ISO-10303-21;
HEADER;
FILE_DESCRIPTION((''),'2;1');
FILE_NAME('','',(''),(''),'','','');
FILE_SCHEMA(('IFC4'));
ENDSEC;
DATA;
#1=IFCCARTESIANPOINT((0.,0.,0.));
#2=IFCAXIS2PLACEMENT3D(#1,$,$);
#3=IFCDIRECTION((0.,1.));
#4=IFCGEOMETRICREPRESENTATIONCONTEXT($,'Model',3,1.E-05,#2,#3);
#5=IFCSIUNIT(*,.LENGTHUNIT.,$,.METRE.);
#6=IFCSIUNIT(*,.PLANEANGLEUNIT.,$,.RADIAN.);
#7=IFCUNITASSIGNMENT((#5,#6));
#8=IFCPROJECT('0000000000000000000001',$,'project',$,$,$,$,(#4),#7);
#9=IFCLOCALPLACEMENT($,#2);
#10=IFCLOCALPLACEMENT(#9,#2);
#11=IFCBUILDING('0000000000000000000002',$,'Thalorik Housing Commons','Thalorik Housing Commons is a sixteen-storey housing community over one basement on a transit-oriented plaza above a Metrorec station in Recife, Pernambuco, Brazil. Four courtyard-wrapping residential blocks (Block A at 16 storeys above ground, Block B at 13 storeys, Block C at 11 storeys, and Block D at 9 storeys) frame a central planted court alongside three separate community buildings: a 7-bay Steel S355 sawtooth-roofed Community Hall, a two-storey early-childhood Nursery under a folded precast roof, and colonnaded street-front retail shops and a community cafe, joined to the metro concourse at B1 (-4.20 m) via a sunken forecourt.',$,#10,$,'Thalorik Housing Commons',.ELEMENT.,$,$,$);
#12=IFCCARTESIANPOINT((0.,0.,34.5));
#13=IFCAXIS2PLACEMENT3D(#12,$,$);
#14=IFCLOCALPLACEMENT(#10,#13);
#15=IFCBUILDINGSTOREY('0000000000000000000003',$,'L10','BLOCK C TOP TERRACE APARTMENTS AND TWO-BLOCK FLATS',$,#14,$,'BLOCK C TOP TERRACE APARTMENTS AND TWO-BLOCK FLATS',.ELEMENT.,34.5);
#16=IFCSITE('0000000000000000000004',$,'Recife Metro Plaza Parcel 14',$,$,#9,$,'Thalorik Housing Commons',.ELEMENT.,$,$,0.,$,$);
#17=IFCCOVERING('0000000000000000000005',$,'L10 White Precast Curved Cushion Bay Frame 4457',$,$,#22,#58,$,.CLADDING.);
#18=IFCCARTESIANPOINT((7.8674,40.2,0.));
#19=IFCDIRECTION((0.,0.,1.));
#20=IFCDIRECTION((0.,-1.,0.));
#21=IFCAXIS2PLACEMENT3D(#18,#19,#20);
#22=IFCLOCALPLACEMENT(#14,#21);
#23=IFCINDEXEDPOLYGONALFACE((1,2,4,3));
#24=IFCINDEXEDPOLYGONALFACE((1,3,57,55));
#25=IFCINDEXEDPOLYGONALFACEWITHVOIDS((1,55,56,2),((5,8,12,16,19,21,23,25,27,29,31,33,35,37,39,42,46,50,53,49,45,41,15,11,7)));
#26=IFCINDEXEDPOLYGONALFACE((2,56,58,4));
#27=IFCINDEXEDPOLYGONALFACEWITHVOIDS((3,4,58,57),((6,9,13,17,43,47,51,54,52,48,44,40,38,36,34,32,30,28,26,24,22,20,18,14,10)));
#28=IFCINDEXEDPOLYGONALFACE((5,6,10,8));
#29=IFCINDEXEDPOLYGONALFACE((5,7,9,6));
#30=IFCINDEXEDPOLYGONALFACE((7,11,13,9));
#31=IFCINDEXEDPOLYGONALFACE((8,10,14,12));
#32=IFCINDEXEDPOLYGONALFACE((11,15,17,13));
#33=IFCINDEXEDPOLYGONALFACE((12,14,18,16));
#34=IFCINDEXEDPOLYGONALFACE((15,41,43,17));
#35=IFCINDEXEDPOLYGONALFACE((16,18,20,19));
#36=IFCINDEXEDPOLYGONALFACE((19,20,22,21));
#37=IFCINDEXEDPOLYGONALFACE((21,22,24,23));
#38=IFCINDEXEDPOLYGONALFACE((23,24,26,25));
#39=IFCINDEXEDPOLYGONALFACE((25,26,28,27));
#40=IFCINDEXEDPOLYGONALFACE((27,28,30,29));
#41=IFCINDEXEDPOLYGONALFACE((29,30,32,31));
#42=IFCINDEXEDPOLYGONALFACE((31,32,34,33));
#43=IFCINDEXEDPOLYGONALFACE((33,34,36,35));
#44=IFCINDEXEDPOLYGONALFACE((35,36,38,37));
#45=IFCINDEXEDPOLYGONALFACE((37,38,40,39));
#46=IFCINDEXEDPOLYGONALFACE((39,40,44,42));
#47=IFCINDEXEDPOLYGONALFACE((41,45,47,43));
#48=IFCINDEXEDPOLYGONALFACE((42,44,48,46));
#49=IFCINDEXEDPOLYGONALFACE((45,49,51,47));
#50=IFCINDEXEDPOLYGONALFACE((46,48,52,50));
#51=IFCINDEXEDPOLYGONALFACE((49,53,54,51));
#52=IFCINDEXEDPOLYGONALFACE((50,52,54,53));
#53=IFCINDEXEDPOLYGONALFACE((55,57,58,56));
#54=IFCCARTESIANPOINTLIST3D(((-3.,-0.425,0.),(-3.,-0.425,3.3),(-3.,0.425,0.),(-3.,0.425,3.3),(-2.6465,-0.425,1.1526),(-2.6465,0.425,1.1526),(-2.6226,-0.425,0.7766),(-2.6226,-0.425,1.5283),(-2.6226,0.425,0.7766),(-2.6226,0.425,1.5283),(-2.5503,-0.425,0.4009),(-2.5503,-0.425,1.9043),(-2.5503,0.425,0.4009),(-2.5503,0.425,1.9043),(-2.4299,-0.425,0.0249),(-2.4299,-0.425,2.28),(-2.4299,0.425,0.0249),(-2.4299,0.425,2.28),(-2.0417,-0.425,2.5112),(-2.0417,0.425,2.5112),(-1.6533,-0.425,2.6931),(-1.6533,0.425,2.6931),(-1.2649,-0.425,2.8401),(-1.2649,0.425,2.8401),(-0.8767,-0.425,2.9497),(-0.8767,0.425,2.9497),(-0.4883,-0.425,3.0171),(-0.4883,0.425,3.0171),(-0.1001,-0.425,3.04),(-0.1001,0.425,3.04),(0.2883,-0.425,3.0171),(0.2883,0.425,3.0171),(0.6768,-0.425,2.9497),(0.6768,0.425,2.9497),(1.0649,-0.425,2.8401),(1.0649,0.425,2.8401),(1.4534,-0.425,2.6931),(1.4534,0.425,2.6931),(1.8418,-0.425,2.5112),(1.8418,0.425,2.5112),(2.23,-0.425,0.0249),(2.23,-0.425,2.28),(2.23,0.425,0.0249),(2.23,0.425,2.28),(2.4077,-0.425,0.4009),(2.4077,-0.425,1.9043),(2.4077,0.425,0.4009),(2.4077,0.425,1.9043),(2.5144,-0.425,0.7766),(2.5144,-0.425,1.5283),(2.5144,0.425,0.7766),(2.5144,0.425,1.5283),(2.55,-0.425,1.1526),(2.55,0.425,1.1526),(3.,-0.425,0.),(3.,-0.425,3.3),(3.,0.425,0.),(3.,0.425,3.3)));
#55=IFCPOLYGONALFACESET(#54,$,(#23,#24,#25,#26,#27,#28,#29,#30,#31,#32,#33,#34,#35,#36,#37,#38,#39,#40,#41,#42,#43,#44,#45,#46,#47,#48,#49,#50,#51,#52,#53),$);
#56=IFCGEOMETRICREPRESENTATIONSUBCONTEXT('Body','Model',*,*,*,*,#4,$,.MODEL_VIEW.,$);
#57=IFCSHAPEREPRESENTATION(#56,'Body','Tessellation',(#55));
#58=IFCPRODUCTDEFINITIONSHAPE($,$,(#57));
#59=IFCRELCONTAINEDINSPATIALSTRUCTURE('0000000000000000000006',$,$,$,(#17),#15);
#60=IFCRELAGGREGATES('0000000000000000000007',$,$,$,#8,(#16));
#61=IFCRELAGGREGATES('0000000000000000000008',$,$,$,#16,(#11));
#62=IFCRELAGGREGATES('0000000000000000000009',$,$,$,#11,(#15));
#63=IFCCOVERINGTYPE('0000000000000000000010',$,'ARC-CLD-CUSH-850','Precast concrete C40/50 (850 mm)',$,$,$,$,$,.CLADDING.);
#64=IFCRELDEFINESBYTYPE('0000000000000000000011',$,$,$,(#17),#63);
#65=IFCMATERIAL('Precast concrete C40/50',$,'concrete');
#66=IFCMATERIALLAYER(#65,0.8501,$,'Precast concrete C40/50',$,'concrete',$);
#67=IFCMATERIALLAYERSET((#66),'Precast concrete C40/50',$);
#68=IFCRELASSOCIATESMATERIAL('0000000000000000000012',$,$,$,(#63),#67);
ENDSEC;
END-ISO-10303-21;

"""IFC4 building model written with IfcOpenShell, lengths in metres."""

from ifc_helpers import new_model, si_unit, direction, frame, origin, place, context, subcontext, project, spatial, polyline, outline, extrude, material, layer, layer_set, type_object, element, save


model = new_model("IFC4")

# Units and contexts
model_context = context("Model", 3, precision=1e-05, world=origin(), true_north=direction((0.0, 1.0)))
body_context = subcontext(model_context, "Body", "Model", "MODEL_VIEW")
ifc_project = project(units=[si_unit("LENGTHUNIT", "METRE"), si_unit("PLANEANGLEUNIT", "RADIAN")], contexts=[model_context])

# Site, building, storey
site_placement = place(None, origin())
site = spatial("IfcSite", under=ifc_project, at=site_placement, Name="Recife Metro Plaza Parcel 14", LongName="Thalorik Housing Commons", CompositionType="ELEMENT", RefElevation=0.0)
building_placement = place(site_placement, origin())
building = spatial("IfcBuilding", under=site, at=building_placement, Name="Thalorik Housing Commons", Description="Thalorik Housing Commons is a sixteen-storey housing community over one basement on a transit-oriented plaza above a Metrorec station in Recife, Pernambuco, Brazil. Four courtyard-wrapping residential blocks (Block A at 16 storeys above ground, Block B at 13 storeys, Block C at 11 storeys, and Block D at 9 storeys) frame a central planted court alongside three separate community buildings: a 7-bay Steel S355 sawtooth-roofed Community Hall, a two-storey early-childhood Nursery under a folded precast roof, and colonnaded street-front retail shops and a community cafe, joined to the metro concourse at B1 (-4.20 m) via a sunken forecourt.", LongName="Thalorik Housing Commons", CompositionType="ELEMENT")
storey_placement = place(building_placement, frame((0.0, 0.0, 34.5)))
storey = spatial("IfcBuildingStorey", under=building, at=storey_placement, Name="L10", Description="BLOCK C TOP TERRACE APARTMENTS AND TWO-BLOCK FLATS", LongName="BLOCK C TOP TERRACE APARTMENTS AND TWO-BLOCK FLATS", CompositionType="ELEMENT", Elevation=34.5)

# Shared definitions
ifc_material_1 = material(Name="Precast concrete C40/50", Category="concrete")

# Covering
ifc_layer_1 = layer(ifc_material_1, 0.8501, Name="Precast concrete C40/50", Category="concrete")
ifc_layer_set_1 = layer_set([ifc_layer_1], Name="Precast concrete C40/50")
covering_type_1 = type_object("IfcCoveringType", Name="ARC-CLD-CUSH-850", Description="Precast concrete C40/50 (850 mm)", PredefinedType="CLADDING", material=ifc_layer_set_1)
covering_1_placement = place(storey_placement, frame((7.8674, 40.2, 0.0), z_axis=(0.0, 0.0, 1.0), x_axis=(0.0, -1.0, 0.0)))
element("IfcCovering", 1, at=covering_1_placement, inside=storey, type_object=covering_type_1, Name="L10 White Precast Curved Cushion Bay Frame 4457", PredefinedType="CLADDING", context=body_context, shape_type="SweptSolid", body=[
    extrude(outline(polyline([(-3.0, 0.0), (3.0, 0.0), (3.0, 3.3), (-3.0, 3.3), (-3.0, 0.0)]), holes=[polyline([(2.23, 0.0249), (2.4077, 0.4009), (2.5144, 0.7766), (2.55, 1.1526), (2.5144, 1.5283), (2.4077, 1.9043), (2.23, 2.28), (1.8418, 2.5112), (1.4534, 2.6931), (1.0649, 2.8401), (0.6768, 2.9497), (0.2883, 3.0171), (-0.1001, 3.04), (-0.4883, 3.0171), (-0.8767, 2.9497), (-1.2649, 2.8401), (-1.6533, 2.6931), (-2.0417, 2.5112), (-2.4299, 2.28), (-2.5503, 1.9043), (-2.6226, 1.5283), (-2.6465, 1.1526), (-2.6226, 0.7766), (-2.5503, 0.4009), (-2.4299, 0.0249), (2.23, 0.0249)])]), frame((0.0, 0.425, 0.0), z_axis=(0.0, -1.0, 0.0), x_axis=(1.0, 0.0, 0.0)), (0.0, 0.0, 1.0), 0.8501),
])

save(model, "model.ifc")
